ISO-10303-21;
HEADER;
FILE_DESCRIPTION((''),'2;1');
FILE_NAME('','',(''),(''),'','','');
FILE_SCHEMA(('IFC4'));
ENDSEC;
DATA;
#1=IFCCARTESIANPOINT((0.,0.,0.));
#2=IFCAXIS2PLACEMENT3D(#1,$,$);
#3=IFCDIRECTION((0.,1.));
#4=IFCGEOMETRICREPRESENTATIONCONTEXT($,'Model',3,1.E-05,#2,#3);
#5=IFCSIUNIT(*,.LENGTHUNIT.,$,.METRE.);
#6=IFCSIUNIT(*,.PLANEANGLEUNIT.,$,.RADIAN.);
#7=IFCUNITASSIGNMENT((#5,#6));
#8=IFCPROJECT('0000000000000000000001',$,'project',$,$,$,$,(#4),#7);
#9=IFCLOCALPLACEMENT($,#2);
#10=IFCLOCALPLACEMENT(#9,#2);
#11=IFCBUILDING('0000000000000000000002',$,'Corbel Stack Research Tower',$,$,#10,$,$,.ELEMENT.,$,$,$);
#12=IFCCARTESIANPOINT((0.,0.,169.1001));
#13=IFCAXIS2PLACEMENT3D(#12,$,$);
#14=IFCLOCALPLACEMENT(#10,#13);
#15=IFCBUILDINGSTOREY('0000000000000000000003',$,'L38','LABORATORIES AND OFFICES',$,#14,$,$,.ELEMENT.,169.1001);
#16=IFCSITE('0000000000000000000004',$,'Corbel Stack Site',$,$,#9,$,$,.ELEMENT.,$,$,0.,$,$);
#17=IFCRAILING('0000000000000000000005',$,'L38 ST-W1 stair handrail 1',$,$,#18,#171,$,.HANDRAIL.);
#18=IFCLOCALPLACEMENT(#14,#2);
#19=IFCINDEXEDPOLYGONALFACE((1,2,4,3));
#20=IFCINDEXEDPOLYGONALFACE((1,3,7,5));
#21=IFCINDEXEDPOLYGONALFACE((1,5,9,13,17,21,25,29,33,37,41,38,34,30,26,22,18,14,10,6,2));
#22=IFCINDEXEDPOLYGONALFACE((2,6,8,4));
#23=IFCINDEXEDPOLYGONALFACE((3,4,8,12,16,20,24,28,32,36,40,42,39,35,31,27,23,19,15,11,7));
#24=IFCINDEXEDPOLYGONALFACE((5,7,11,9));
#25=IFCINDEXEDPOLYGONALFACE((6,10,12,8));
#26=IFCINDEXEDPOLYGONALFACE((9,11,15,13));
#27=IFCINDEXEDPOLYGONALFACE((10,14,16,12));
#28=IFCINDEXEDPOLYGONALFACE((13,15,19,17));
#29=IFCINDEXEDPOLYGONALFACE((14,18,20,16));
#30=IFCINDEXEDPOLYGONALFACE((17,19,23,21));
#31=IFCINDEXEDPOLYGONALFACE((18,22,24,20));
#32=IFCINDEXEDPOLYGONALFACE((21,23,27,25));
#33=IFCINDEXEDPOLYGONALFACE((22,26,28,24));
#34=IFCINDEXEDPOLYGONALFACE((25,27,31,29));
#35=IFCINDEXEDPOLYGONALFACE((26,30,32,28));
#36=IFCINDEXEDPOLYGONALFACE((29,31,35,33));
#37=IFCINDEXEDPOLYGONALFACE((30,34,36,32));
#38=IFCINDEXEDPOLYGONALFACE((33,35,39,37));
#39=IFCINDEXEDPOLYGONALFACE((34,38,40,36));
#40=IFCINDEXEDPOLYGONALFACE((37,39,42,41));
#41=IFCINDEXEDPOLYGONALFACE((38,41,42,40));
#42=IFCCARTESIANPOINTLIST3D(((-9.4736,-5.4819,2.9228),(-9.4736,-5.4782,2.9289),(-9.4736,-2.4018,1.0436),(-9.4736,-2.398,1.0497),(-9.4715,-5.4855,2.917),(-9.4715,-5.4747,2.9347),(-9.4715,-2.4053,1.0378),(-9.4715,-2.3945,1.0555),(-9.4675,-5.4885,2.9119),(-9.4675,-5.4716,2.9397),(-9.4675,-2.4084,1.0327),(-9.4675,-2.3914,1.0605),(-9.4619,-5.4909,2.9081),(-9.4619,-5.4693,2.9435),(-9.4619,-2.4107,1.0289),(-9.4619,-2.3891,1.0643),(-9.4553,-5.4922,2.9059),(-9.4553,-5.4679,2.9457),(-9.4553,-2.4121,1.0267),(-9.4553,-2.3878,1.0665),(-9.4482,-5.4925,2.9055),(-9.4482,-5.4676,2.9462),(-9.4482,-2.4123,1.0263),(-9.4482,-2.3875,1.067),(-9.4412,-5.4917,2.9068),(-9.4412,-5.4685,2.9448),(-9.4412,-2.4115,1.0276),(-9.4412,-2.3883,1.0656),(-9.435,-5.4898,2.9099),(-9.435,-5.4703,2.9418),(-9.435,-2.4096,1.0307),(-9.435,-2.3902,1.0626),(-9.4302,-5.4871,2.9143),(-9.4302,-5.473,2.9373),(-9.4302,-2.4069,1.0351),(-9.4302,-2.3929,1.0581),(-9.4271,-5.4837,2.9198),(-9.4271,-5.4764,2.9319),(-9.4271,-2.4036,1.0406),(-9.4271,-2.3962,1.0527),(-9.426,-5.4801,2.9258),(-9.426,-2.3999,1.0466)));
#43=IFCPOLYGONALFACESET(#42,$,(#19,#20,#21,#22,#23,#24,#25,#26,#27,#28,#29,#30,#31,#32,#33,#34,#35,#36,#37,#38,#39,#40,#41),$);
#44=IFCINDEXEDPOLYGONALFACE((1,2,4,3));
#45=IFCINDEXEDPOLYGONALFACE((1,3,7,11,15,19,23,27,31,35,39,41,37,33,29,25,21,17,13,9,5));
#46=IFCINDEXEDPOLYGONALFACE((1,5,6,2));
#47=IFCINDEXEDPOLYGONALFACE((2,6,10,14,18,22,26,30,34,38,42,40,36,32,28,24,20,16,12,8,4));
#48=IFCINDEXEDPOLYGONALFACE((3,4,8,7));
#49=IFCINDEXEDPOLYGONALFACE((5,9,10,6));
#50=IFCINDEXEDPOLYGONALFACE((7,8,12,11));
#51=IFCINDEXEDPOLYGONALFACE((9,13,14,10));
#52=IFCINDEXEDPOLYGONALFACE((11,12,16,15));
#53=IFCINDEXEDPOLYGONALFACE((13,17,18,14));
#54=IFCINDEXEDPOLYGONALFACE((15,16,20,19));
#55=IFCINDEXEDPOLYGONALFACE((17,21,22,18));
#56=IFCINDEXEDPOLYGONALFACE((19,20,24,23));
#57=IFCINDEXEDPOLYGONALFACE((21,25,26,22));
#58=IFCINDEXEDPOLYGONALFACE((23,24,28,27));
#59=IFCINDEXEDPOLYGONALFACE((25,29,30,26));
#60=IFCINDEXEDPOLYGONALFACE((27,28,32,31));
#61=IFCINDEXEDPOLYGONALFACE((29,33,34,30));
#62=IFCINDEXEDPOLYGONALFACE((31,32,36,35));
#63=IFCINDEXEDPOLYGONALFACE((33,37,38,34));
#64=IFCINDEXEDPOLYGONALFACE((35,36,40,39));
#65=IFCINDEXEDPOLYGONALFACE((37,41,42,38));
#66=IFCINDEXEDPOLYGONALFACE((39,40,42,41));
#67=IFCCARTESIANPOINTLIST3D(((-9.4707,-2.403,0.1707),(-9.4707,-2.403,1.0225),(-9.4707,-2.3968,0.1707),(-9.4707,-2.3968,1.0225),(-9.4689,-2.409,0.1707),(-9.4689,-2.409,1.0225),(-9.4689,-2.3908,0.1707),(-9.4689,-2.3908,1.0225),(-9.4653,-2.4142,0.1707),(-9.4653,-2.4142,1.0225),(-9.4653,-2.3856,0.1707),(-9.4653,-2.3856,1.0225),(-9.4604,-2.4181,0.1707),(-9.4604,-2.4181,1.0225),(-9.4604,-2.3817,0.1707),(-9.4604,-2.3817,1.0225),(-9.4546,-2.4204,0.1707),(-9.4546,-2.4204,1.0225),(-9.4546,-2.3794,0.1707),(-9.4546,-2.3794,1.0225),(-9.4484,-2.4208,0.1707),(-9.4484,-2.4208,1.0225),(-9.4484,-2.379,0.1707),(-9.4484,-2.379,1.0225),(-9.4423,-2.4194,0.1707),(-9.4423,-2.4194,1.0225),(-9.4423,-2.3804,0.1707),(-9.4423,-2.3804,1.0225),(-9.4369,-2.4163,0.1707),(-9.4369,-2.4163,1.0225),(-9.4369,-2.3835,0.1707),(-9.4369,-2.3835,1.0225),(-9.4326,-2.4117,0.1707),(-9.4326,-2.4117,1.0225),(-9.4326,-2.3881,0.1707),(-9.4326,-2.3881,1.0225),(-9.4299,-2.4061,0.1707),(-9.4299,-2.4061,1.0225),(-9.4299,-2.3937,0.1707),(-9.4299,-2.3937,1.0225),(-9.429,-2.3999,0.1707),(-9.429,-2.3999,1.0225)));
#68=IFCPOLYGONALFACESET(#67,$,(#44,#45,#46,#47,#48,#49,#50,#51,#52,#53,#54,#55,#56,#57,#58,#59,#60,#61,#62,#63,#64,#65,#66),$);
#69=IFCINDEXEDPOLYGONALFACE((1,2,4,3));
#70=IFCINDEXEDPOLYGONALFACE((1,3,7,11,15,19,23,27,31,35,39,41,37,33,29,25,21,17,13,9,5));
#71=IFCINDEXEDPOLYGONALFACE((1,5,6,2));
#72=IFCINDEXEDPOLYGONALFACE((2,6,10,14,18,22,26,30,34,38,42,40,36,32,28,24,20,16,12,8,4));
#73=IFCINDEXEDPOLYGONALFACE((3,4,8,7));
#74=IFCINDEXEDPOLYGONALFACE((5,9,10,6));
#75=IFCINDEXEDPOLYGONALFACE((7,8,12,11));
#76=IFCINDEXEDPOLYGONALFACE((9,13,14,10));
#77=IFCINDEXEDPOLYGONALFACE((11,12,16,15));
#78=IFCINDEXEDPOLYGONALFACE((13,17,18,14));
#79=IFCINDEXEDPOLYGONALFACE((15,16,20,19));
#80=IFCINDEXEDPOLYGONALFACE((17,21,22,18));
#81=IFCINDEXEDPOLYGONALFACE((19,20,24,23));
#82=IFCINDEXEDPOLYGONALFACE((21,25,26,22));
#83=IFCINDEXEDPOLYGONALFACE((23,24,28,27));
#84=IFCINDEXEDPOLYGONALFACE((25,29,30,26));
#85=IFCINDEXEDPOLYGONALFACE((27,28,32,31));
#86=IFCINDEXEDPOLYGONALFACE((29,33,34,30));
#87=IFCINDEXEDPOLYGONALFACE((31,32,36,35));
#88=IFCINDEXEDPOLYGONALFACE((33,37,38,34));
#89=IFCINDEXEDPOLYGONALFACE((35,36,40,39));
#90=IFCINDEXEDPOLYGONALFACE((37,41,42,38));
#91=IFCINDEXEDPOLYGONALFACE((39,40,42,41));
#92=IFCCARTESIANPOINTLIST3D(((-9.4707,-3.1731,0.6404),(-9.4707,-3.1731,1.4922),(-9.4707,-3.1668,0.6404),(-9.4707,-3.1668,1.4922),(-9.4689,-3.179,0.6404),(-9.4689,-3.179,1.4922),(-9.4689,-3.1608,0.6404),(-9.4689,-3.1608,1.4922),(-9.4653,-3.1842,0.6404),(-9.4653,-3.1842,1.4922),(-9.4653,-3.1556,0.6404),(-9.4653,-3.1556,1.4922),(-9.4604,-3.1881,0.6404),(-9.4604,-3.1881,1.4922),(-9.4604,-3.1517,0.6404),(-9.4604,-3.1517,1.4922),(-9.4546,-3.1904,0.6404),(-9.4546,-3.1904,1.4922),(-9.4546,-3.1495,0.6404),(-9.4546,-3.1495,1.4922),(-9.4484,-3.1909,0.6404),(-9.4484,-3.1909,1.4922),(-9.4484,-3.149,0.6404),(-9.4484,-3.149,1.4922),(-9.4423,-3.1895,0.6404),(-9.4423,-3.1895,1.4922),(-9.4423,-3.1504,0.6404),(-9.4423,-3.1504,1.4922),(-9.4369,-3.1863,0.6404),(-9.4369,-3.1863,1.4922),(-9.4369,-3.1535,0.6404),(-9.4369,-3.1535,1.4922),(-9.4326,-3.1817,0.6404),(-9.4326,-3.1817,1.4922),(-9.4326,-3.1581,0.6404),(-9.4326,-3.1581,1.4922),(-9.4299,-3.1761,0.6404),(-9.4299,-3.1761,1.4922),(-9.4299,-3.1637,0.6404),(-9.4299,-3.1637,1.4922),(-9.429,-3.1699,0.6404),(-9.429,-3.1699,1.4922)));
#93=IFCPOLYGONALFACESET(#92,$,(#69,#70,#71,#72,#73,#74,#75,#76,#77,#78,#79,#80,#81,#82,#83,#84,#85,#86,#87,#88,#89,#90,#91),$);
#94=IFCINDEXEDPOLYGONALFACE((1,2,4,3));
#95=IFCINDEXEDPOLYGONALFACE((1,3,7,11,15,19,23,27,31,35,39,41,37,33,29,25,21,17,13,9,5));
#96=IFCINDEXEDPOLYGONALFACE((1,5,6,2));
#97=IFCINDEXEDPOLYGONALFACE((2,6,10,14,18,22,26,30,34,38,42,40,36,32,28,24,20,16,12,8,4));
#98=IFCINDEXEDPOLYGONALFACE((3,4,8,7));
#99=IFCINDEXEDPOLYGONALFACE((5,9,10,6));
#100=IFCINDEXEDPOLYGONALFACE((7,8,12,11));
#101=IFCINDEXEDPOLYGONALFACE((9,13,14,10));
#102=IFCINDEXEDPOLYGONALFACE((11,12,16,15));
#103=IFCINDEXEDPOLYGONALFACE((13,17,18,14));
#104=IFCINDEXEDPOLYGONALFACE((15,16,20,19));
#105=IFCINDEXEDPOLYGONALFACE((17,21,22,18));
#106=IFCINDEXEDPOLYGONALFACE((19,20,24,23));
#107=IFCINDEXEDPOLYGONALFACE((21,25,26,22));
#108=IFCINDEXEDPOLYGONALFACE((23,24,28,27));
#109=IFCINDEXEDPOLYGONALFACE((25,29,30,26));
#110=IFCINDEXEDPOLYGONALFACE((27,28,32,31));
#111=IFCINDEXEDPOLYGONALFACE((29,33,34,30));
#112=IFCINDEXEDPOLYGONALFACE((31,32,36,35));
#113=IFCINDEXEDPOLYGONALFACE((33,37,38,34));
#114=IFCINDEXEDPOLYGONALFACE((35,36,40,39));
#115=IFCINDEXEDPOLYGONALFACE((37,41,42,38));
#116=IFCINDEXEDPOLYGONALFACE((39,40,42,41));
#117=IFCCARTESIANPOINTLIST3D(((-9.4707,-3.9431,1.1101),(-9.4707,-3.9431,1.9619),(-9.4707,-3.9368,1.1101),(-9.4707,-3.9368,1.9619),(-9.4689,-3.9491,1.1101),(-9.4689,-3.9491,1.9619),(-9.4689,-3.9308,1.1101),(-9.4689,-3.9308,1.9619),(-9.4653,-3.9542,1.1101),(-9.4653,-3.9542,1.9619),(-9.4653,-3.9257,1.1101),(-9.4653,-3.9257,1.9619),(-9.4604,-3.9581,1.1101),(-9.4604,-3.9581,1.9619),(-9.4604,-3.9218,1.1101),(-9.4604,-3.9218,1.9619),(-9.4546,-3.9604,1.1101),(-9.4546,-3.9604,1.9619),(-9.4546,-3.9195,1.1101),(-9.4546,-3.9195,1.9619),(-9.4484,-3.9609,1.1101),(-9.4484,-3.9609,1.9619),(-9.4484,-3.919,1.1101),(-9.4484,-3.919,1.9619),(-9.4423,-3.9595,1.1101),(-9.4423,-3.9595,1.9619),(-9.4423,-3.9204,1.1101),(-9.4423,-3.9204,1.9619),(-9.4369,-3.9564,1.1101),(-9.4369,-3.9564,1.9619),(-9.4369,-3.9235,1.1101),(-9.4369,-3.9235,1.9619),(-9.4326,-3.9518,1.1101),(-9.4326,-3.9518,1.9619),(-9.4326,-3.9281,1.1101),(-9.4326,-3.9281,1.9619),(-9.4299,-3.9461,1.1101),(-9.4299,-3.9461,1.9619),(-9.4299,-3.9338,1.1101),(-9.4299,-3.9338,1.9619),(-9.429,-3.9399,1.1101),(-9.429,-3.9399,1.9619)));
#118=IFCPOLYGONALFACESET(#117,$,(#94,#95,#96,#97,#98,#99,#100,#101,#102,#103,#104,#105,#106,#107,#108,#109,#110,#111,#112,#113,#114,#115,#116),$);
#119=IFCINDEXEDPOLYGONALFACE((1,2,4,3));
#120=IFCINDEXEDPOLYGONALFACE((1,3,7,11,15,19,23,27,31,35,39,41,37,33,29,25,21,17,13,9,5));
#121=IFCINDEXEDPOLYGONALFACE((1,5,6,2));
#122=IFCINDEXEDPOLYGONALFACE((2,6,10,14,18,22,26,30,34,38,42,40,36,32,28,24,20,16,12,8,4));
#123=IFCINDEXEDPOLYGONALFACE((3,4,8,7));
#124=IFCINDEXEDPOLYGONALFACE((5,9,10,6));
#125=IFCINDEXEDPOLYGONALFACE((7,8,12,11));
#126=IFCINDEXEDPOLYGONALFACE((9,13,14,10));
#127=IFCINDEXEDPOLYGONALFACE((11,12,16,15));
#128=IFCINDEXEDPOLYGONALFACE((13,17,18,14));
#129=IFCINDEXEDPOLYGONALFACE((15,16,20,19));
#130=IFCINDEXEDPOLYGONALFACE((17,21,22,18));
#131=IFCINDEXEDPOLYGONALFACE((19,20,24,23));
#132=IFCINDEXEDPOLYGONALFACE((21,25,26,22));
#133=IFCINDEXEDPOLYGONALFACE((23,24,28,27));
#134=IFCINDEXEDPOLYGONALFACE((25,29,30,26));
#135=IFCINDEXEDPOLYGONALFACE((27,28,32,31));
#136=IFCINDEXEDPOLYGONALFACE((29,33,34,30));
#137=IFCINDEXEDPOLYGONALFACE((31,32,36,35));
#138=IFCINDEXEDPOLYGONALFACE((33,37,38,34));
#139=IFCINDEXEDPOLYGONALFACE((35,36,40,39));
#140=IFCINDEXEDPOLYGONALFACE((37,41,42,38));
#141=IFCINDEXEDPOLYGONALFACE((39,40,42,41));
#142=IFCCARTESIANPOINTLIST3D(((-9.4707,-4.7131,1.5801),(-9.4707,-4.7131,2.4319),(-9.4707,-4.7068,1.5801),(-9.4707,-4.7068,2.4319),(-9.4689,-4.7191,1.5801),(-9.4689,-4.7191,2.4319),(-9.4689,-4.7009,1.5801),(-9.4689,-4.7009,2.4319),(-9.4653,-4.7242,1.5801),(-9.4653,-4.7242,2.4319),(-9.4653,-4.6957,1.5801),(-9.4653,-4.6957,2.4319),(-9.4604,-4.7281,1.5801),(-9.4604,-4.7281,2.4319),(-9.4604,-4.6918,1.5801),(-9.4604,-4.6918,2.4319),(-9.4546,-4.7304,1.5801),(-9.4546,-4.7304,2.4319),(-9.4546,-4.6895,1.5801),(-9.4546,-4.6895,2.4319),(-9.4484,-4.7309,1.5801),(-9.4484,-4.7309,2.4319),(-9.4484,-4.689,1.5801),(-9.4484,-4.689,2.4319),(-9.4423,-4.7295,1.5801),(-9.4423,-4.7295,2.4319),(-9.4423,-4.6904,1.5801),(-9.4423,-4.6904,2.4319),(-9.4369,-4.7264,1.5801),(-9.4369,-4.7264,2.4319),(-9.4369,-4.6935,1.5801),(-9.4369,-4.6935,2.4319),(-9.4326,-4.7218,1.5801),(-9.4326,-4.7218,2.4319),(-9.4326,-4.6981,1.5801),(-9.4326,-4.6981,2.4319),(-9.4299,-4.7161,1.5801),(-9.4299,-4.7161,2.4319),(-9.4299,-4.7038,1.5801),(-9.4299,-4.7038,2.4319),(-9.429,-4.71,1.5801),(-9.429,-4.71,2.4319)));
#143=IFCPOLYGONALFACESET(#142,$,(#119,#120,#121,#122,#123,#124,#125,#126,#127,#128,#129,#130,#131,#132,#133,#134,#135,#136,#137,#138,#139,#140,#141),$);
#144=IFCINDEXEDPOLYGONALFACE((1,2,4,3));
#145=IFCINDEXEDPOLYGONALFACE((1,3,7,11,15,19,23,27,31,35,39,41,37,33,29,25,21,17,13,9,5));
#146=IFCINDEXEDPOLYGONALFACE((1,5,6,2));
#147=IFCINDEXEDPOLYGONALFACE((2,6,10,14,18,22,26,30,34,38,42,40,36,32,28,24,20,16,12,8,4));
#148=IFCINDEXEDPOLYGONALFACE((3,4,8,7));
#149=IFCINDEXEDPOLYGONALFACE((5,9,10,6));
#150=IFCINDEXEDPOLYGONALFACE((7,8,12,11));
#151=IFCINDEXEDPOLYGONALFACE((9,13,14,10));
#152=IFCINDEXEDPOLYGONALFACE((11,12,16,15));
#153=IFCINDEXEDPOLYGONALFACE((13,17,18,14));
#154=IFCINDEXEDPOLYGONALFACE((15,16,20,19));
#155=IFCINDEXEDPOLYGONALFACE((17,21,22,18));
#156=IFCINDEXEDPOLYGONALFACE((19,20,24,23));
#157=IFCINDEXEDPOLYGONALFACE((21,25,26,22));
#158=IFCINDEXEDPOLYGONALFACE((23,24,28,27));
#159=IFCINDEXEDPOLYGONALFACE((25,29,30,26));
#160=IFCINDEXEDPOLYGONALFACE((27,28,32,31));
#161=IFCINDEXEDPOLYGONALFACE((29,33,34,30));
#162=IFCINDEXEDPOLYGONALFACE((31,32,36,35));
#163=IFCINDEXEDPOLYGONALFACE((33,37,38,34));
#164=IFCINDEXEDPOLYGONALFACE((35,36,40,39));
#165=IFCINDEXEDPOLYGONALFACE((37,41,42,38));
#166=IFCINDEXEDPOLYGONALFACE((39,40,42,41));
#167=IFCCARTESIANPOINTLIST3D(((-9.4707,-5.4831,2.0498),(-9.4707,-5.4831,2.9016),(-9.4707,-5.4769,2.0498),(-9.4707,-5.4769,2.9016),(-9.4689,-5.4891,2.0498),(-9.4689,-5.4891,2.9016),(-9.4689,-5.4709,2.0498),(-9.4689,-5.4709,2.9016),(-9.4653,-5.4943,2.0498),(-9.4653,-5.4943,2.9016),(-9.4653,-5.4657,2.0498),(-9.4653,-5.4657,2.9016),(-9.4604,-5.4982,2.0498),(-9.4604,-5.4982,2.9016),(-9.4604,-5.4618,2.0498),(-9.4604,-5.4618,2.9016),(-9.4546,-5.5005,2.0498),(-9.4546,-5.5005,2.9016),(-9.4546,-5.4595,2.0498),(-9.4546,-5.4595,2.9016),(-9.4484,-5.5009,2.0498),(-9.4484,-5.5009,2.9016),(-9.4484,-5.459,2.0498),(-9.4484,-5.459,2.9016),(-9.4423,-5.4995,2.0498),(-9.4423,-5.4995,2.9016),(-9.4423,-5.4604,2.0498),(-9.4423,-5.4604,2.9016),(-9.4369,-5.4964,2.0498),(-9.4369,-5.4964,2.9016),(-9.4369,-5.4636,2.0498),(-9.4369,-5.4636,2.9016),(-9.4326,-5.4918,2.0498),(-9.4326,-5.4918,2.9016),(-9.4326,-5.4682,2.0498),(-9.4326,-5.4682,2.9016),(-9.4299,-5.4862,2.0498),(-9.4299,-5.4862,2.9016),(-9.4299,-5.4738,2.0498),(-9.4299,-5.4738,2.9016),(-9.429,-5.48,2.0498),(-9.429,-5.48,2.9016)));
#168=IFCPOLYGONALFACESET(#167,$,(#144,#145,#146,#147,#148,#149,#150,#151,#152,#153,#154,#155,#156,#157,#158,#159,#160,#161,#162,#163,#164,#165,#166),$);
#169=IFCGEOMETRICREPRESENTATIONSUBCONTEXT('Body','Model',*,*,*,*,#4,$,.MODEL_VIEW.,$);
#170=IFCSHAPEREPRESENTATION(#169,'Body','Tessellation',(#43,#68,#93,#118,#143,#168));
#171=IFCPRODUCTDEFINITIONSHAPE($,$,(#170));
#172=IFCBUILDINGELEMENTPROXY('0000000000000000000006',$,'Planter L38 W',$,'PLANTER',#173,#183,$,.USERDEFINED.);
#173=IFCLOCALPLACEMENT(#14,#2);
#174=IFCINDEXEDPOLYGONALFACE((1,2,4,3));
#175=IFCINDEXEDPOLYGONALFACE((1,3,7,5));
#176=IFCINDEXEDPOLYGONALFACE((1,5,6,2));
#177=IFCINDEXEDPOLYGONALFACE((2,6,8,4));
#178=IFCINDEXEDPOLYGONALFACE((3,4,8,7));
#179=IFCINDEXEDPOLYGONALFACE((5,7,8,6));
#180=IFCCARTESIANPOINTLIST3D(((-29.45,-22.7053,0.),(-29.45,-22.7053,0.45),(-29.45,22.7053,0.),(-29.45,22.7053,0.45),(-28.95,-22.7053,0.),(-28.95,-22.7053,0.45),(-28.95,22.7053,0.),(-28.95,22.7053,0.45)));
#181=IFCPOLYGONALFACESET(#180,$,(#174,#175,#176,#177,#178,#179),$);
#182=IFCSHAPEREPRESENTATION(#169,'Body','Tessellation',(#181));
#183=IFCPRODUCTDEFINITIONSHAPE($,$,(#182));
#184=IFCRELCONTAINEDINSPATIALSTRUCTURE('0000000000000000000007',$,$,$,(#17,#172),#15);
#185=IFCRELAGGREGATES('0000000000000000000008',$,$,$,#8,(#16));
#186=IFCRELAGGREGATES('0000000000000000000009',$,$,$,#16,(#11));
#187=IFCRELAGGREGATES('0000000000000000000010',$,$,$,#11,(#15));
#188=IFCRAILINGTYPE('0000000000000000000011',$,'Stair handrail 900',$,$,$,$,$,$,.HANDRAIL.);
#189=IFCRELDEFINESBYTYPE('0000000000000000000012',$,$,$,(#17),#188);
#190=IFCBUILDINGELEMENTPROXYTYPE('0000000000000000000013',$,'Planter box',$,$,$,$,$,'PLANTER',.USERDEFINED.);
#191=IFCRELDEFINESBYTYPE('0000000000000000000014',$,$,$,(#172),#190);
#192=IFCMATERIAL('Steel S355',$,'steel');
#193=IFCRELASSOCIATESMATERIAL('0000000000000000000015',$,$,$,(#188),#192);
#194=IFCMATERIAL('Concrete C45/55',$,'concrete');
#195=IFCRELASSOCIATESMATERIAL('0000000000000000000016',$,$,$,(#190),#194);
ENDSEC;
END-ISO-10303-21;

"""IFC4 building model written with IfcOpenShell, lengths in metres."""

from ifc_helpers import new_model, si_unit, direction, frame, origin, origin_2d, place, context, subcontext, project, spatial, rectangle, circle, extrude, material, type_object, element, save


model = new_model("IFC4")

# Units and contexts
model_context = context("Model", 3, precision=1e-05, world=origin(), true_north=direction((0.0, 1.0)))
body_context = subcontext(model_context, "Body", "Model", "MODEL_VIEW")
ifc_project = project(units=[si_unit("LENGTHUNIT", "METRE"), si_unit("PLANEANGLEUNIT", "RADIAN")], contexts=[model_context])

# Site, building, storey
site_placement = place(None, origin())
site = spatial("IfcSite", under=ifc_project, at=site_placement, Name="Corbel Stack Site", CompositionType="ELEMENT", RefElevation=0.0)
building_placement = place(site_placement, origin())
building = spatial("IfcBuilding", under=site, at=building_placement, Name="Corbel Stack Research Tower", CompositionType="ELEMENT")
storey_placement = place(building_placement, frame((0.0, 0.0, 169.1001)))
storey = spatial("IfcBuildingStorey", under=building, at=storey_placement, Name="L38", Description="LABORATORIES AND OFFICES", CompositionType="ELEMENT", Elevation=169.1001)

# Railing
ifc_material_1 = material(Name="Steel S355", Category="steel")
railing_type_1 = type_object("IfcRailingType", Name="Stair handrail 900", PredefinedType="HANDRAIL", material=ifc_material_1)
railing_1_placement = place(storey_placement, frame((-9.45, -2.3999, 0.1707)))
element("IfcRailing", 1, at=railing_1_placement, inside=storey, type_object=railing_type_1, Name="L38 ST-W1 stair handrail 1", PredefinedType="HANDRAIL", context=body_context, shape_type="SweptSolid", body=[
    extrude(circle(Radius=0.0239, at=origin_2d()), frame((0.0, 0.0, 0.876), z_axis=(0.0, -0.853666, 0.52082), x_axis=(1.0, 0.0, 0.0)), (0.0, 0.0, 1.0), 3.6082),
    extrude(circle(Radius=0.021, at=origin_2d()), origin(), (0.0, 0.0, 1.0), 0.8518),
    extrude(circle(Radius=0.021, at=origin_2d()), frame((0.0, -0.77, 0.4697)), (0.0, 0.0, 1.0), 0.8518),
    extrude(circle(Radius=0.021, at=origin_2d()), frame((0.0, -1.54, 0.9395)), (0.0, 0.0, 1.0), 0.8518),
    extrude(circle(Radius=0.021, at=origin_2d()), frame((0.0, -2.3101, 1.4094)), (0.0, 0.0, 1.0), 0.8518),
    extrude(circle(Radius=0.021, at=origin_2d()), frame((0.0, -3.0801, 1.8792)), (0.0, 0.0, 1.0), 0.8518),
])

# Building element proxy
ifc_material_2 = material(Name="Concrete C45/55", Category="concrete")
building_element_proxy_type = type_object("IfcBuildingElementProxyType", Name="Planter box", ElementType="PLANTER", PredefinedType="USERDEFINED", material=ifc_material_2)
proxy_placement = place(storey_placement, frame((-29.2, 0.0, 0.0), z_axis=(0.0, 0.0, 1.0), x_axis=(0.0, -1.0, 0.0)))
element("IfcBuildingElementProxy", 2, at=proxy_placement, inside=storey, type_object=building_element_proxy_type, Name="Planter L38 W", ObjectType="PLANTER", PredefinedType="USERDEFINED", context=body_context, shape_type="SweptSolid", body=[
    extrude(rectangle(XDim=45.4106, YDim=0.5, at=origin_2d()), origin(), (0.0, 0.0, 1.0), 0.45),
])

save(model, "model.ifc")
